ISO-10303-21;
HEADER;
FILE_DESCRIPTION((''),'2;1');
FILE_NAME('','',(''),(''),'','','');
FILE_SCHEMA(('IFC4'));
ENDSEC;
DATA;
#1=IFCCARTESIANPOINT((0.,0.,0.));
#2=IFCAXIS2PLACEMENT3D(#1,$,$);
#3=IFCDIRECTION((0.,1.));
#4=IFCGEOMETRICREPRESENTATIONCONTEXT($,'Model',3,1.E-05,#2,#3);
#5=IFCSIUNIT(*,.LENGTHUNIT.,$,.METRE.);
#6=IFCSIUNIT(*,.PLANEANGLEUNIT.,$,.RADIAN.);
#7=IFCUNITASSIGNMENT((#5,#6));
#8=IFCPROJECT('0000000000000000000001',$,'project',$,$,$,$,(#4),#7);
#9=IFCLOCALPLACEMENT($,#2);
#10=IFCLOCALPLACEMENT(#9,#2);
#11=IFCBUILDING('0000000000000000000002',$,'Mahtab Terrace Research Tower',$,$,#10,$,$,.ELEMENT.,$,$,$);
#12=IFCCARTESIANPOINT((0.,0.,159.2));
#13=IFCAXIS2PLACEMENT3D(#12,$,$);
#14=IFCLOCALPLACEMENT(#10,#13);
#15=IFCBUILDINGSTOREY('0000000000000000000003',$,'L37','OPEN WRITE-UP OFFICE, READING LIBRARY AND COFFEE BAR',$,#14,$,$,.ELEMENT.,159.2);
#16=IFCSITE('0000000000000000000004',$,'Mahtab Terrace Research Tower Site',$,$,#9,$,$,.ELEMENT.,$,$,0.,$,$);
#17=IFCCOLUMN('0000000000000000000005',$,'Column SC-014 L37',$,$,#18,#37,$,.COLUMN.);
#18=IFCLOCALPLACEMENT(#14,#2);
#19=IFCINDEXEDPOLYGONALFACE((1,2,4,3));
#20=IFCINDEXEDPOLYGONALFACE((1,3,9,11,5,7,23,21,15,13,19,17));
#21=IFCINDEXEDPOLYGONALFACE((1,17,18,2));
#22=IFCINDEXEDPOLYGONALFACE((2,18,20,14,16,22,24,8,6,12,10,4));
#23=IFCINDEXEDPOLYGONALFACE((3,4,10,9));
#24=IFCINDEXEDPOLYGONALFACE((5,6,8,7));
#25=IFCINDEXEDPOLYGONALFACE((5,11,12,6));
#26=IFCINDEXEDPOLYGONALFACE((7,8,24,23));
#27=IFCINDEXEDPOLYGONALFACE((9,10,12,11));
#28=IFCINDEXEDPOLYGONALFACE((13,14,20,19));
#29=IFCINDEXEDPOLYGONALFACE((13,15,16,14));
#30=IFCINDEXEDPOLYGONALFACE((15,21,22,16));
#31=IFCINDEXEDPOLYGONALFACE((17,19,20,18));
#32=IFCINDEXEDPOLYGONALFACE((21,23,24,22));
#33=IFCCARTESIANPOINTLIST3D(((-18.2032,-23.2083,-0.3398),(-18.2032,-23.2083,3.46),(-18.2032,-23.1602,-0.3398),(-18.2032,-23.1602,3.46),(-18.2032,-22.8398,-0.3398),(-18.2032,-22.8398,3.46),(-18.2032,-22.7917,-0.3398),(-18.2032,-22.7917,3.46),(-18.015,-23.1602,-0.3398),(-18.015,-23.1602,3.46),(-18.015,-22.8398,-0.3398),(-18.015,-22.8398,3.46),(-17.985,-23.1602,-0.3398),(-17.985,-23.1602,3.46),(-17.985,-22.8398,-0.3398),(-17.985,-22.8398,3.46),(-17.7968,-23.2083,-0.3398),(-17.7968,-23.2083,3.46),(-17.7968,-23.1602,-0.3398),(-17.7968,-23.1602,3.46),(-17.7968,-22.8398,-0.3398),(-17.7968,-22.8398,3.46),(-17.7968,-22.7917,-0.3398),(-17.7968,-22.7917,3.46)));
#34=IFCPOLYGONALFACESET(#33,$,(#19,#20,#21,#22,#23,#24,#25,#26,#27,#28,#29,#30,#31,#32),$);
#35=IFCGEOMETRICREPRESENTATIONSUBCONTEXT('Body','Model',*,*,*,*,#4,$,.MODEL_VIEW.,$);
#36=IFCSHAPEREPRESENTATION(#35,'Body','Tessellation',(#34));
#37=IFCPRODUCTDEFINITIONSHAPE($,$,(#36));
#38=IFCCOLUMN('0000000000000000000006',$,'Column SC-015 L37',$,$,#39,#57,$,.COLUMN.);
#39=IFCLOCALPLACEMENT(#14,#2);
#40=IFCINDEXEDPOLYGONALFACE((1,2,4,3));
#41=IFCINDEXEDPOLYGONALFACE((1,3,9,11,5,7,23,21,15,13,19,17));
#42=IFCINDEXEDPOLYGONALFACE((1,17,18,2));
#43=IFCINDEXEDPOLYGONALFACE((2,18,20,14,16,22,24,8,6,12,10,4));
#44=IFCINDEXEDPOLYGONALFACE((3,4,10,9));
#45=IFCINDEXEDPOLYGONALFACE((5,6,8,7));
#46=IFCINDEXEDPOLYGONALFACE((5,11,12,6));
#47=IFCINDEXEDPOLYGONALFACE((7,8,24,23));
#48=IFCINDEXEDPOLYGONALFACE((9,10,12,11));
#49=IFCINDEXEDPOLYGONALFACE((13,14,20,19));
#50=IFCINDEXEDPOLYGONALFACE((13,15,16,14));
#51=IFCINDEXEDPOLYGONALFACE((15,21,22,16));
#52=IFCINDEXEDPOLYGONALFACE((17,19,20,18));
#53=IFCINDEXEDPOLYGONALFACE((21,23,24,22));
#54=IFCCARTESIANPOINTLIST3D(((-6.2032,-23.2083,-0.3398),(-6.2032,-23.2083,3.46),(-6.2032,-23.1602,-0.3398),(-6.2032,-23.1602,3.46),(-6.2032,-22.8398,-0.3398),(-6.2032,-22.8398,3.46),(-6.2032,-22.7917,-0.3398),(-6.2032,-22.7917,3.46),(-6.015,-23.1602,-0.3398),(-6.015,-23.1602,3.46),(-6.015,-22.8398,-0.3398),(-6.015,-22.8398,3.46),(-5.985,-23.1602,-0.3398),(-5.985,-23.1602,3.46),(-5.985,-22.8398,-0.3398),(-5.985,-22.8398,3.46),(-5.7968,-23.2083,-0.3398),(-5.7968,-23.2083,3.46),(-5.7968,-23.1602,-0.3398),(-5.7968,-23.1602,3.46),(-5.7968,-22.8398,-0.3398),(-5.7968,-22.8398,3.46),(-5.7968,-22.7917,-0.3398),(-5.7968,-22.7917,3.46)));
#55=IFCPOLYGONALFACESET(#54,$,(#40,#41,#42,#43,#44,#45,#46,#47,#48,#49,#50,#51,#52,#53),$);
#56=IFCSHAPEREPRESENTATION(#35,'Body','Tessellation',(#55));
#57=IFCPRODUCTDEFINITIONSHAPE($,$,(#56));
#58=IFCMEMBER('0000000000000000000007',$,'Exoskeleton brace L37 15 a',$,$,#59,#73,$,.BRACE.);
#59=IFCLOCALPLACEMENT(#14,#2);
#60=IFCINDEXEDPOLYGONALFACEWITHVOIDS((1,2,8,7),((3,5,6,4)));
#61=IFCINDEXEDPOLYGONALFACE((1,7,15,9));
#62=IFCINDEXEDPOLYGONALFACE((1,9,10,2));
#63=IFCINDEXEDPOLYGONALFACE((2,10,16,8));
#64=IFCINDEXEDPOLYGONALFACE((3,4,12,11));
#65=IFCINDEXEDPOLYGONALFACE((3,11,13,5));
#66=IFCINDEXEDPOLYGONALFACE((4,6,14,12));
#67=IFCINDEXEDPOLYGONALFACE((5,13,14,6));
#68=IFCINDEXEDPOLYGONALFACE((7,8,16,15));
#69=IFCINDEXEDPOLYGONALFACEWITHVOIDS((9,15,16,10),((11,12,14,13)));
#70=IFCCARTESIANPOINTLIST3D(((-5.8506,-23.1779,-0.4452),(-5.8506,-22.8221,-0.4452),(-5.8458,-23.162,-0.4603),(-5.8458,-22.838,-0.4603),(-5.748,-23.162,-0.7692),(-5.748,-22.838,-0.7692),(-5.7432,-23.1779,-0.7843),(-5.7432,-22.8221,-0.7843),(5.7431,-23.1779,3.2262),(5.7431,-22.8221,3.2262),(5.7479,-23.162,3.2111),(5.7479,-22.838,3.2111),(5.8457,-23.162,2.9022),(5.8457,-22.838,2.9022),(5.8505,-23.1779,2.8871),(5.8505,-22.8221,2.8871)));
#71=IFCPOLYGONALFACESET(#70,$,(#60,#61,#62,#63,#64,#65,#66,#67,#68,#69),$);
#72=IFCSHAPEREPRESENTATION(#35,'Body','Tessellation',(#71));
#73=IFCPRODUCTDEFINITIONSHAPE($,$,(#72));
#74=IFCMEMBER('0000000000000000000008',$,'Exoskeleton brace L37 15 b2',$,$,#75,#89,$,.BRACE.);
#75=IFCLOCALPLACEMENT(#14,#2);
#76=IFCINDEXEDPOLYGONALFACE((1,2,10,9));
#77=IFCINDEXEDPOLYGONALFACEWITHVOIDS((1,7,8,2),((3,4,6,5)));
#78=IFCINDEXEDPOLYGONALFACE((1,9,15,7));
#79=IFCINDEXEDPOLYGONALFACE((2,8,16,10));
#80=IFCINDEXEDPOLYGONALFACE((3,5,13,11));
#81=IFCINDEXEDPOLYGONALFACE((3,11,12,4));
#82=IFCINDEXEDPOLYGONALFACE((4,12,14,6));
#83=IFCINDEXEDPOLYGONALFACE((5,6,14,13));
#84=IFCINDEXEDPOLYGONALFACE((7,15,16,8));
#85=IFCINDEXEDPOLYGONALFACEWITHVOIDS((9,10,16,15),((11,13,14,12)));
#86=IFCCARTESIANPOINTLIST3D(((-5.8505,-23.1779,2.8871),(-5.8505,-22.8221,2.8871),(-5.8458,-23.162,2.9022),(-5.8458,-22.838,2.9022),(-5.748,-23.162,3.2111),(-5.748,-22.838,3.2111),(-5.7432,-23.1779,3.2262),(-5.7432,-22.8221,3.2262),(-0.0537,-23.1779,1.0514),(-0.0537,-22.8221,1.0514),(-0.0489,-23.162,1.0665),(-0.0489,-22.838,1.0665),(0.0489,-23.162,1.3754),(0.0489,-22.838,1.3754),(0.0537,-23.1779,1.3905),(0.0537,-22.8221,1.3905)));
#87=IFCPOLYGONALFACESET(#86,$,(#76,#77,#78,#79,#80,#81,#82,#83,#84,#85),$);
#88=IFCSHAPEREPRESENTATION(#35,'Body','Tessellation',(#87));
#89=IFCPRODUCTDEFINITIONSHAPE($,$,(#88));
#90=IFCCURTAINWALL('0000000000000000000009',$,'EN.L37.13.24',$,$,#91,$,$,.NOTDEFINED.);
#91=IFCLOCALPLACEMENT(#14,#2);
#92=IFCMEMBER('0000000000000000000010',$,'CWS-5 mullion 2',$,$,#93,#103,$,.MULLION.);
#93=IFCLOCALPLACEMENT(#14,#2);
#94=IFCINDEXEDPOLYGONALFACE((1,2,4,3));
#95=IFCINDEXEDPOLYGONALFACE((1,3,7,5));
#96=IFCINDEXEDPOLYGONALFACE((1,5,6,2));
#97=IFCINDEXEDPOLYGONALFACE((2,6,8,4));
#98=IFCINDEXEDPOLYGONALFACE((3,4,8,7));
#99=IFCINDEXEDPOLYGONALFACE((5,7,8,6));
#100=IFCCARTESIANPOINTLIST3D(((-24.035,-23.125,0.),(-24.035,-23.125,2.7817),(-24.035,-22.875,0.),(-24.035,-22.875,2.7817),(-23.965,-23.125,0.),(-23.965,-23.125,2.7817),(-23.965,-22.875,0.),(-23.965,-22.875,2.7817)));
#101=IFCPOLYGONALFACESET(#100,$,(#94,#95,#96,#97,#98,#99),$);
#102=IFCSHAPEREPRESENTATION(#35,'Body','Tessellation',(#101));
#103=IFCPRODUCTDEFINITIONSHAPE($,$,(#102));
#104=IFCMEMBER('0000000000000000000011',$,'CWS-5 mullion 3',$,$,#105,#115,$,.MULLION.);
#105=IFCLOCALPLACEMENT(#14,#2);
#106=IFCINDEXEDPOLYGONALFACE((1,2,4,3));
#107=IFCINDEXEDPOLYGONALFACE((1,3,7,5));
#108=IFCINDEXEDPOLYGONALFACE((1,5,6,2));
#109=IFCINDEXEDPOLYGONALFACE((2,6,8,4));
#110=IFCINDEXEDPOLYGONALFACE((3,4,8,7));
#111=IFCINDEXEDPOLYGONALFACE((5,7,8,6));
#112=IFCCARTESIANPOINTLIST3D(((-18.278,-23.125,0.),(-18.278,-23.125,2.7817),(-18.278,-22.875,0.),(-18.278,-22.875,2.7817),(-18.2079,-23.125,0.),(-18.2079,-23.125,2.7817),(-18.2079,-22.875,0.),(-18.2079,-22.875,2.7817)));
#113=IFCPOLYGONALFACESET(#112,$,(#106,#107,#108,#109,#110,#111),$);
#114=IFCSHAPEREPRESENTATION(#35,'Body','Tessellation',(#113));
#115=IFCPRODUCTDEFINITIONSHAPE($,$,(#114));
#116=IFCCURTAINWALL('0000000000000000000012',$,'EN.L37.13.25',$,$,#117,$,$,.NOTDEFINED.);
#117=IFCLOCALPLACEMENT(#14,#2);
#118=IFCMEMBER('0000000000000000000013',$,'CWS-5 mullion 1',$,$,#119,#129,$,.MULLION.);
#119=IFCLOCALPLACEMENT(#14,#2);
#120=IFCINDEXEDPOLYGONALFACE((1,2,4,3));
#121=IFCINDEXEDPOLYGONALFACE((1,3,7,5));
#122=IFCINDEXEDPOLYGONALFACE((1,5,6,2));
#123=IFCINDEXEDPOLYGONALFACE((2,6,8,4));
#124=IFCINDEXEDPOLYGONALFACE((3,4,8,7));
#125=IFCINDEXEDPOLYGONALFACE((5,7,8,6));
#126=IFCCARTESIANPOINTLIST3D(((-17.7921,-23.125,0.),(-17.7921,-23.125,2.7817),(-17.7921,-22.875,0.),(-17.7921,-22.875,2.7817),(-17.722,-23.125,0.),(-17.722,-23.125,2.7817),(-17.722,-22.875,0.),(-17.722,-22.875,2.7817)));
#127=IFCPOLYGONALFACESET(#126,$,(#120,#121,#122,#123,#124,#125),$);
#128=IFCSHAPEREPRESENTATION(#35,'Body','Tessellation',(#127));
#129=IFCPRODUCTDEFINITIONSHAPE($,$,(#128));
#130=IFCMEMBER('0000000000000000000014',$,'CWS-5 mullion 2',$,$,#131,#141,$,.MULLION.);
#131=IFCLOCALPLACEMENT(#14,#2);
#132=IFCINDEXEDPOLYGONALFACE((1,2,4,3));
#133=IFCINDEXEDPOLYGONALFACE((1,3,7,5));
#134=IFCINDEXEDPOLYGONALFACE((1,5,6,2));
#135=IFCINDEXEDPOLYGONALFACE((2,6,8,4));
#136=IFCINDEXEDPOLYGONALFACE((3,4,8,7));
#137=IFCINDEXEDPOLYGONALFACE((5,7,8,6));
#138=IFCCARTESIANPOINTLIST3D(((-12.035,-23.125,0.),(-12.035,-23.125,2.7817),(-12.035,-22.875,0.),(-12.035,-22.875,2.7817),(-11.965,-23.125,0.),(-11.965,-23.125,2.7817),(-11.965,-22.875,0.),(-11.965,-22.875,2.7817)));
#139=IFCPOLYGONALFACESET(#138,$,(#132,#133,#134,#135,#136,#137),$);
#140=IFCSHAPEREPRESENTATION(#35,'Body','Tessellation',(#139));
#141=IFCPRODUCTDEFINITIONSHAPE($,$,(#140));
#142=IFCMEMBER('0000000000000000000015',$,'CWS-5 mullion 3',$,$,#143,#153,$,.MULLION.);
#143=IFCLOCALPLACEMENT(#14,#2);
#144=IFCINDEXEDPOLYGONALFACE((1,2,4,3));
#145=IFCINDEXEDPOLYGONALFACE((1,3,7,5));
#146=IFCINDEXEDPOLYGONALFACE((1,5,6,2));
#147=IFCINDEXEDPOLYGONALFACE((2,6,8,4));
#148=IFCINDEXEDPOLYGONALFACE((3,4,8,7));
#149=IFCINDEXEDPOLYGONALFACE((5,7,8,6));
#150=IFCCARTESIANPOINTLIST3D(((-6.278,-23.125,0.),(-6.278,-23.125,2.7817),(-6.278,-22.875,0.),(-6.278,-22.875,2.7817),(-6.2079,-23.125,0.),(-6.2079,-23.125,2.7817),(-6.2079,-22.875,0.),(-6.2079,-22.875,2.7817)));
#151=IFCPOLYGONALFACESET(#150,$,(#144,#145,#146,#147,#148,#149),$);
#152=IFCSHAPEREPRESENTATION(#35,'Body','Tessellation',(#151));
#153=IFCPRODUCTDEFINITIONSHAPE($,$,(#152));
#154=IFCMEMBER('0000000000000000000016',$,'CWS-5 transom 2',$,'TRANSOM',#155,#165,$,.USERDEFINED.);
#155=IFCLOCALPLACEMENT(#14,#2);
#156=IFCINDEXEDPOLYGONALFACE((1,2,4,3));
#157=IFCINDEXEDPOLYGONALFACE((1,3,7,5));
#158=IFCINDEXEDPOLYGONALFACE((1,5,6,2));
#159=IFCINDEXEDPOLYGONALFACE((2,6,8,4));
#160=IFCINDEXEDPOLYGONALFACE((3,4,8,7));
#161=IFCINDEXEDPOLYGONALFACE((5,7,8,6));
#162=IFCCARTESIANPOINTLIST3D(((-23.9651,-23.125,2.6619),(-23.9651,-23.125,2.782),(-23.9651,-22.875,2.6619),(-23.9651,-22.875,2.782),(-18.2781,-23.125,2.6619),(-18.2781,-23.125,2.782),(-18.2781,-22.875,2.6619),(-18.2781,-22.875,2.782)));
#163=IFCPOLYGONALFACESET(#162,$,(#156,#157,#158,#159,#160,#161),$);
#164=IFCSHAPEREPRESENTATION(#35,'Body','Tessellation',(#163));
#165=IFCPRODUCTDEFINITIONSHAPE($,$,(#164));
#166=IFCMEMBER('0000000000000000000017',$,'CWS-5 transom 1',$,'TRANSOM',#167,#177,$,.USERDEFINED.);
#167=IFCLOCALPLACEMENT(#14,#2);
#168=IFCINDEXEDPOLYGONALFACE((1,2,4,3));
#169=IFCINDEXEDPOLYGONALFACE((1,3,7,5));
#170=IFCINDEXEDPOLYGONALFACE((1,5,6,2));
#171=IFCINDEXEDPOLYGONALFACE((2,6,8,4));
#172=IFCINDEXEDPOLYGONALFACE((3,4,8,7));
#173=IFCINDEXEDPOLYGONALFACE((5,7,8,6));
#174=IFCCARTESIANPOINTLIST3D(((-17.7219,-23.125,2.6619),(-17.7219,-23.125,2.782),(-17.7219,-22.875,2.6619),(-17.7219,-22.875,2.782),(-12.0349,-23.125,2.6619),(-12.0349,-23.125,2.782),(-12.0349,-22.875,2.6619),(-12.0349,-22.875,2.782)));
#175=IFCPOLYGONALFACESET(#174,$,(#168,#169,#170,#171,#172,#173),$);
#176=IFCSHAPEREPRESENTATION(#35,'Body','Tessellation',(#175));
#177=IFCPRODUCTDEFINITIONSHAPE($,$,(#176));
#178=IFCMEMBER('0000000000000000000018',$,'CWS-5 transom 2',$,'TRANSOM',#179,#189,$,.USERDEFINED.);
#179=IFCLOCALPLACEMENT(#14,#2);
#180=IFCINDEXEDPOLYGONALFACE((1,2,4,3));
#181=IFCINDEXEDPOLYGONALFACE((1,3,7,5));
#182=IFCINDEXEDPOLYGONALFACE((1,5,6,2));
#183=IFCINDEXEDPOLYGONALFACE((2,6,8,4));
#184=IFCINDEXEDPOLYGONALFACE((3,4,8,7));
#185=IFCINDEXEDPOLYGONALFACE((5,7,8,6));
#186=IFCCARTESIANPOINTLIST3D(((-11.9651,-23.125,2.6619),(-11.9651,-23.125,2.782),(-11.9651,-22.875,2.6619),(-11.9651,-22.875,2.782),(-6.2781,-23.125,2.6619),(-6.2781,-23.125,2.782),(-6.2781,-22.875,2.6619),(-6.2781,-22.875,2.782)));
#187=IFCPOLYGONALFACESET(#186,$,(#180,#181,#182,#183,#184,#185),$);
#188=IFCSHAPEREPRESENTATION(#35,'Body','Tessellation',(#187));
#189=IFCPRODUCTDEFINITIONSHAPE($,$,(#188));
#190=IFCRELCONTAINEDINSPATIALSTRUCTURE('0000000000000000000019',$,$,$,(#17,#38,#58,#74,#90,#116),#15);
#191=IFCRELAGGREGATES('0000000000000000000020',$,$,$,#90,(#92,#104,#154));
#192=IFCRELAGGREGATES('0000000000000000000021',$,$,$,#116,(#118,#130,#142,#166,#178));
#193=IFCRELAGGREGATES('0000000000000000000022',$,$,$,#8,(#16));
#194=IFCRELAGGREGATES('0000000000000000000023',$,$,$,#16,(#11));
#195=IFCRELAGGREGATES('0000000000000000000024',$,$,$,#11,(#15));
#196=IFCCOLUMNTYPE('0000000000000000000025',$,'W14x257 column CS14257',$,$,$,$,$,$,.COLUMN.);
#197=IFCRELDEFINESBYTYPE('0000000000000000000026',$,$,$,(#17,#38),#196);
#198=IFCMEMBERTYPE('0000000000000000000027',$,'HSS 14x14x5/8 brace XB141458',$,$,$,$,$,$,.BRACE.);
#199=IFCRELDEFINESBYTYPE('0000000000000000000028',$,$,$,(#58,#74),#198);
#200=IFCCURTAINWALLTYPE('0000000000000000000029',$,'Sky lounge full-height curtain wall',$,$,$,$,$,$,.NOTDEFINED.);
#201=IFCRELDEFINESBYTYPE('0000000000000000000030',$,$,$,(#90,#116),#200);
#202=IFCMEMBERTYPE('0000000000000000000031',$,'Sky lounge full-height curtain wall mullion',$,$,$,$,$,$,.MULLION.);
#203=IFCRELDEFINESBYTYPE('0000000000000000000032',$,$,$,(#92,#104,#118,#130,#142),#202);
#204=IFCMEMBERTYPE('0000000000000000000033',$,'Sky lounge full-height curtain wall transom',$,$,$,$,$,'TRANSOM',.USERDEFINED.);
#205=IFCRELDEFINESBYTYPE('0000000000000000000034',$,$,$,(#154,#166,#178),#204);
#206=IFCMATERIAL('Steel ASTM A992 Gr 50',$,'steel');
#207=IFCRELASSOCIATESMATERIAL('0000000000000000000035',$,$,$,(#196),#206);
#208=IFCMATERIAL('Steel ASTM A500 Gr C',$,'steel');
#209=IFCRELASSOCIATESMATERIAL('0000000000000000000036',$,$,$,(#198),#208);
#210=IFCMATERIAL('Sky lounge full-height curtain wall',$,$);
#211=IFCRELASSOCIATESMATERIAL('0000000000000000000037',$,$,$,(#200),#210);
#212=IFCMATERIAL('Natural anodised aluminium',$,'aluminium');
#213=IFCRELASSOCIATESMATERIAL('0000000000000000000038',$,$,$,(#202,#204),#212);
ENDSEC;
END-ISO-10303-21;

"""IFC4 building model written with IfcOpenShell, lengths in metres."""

from ifc_helpers import new_model, si_unit, direction, frame, origin, origin_2d, place, context, subcontext, project, spatial, rectangle, hollow_rectangle, i_section, extrude, material, material_profile, profile_set, type_object, element, aggregate, save


model = new_model("IFC4")

# Units and contexts
model_context = context("Model", 3, precision=1e-05, world=origin(), true_north=direction((0.0, 1.0)))
body_context = subcontext(model_context, "Body", "Model", "MODEL_VIEW")
ifc_project = project(units=[si_unit("LENGTHUNIT", "METRE"), si_unit("PLANEANGLEUNIT", "RADIAN")], contexts=[model_context])

# Site, building, storey
site_placement = place(None, origin())
site = spatial("IfcSite", under=ifc_project, at=site_placement, Name="Mahtab Terrace Research Tower Site", CompositionType="ELEMENT", RefElevation=0.0)
building_placement = place(site_placement, origin())
building = spatial("IfcBuilding", under=site, at=building_placement, Name="Mahtab Terrace Research Tower", CompositionType="ELEMENT")
storey_placement = place(building_placement, frame((0.0, 0.0, 159.2)))
storey = spatial("IfcBuildingStorey", under=building, at=storey_placement, Name="L37", Description="OPEN WRITE-UP OFFICE, READING LIBRARY AND COFFEE BAR", CompositionType="ELEMENT", Elevation=159.2)

# Columns
ifc_material_1 = material(Name="Steel ASTM A992 Gr 50", Category="steel")
ifc_material_profile_1 = material_profile(ifc_material_1, i_section(OverallWidth=0.4065, OverallDepth=0.4165, WebThickness=0.03, FlangeThickness=0.0481, at=origin_2d()), Name="W14X257")
ifc_profile_set_1 = profile_set([ifc_material_profile_1], Name="Steel ASTM A992 Gr 50")
column_type = type_object("IfcColumnType", Name="W14x257 column CS14257", PredefinedType="COLUMN", material=ifc_profile_set_1)
for number, where, z_axis, x_axis, name in (
    (1, (-18.0, -23.0, -0.3398), (0.0, 0.0, 1.0), (1.0, 0.0, 0.0), "Column SC-014 L37"),
    (2, (-6.0, -23.0, -0.3398), (0.0, 0.0, 1.0), (1.0, 0.0, 0.0), "Column SC-015 L37"),
):
    element("IfcColumn", number, at=place(storey_placement, frame(where, z_axis=z_axis, x_axis=x_axis)), inside=storey, type_object=column_type, Name=name, PredefinedType="COLUMN", context=body_context, shape_type="SweptSolid", body=[
        extrude(i_section(OverallWidth=0.4065, OverallDepth=0.4165, WebThickness=0.03, FlangeThickness=0.0481, at=origin_2d()), origin(), (0.0, 0.0, 1.0), 3.7998),
    ])

# Members
ifc_material_2 = material(Name="Steel ASTM A500 Gr C", Category="steel")
ifc_material_profile_2 = material_profile(ifc_material_2, hollow_rectangle(XDim=0.3557, YDim=0.3557, WallThickness=0.0159, at=origin_2d()), Name="HSS14X14X5/8")
ifc_profile_set_2 = profile_set([ifc_material_profile_2], Name="Steel ASTM A500 Gr C")
member_type_1 = type_object("IfcMemberType", Name="HSS 14x14x5/8 brace XB141458", PredefinedType="BRACE", material=ifc_profile_set_2)
member_1_placement = place(storey_placement, frame((-5.7969, -23.0, -0.6147), z_axis=(0.953341, 0.0, 0.301894), x_axis=(0.0, 1.0, 0.0)))
element("IfcMember", 3, at=member_1_placement, inside=storey, type_object=member_type_1, Name="Exoskeleton brace L37 15 a", PredefinedType="BRACE", context=body_context, shape_type="SweptSolid", body=[
    extrude(hollow_rectangle(XDim=0.3557, YDim=0.3557, WallThickness=0.0159, at=origin_2d()), origin(), (0.0, 0.0, 1.0), 12.1611),
])
member_2_placement = place(storey_placement, frame((0.0, -23.0, 1.2209), z_axis=(-0.953341, 0.0, 0.301894), x_axis=(0.0, -1.0, 0.0)))
element("IfcMember", 4, at=member_2_placement, inside=storey, type_object=member_type_1, Name="Exoskeleton brace L37 15 b2", PredefinedType="BRACE", context=body_context, shape_type="SweptSolid", body=[
    extrude(hollow_rectangle(XDim=0.3557, YDim=0.3557, WallThickness=0.0159, at=origin_2d()), origin(), (0.0, 0.0, 1.0), 6.0806),
])

# Curtain walls, members
ifc_material_3 = material(Name="Sky lounge full-height curtain wall")
curtain_wall_type = type_object("IfcCurtainWallType", Name="Sky lounge full-height curtain wall", PredefinedType="NOTDEFINED", material=ifc_material_3)
curtain_wall_1_placement = place(storey_placement, origin())
curtain_wall_1 = element("IfcCurtainWall", 5, at=curtain_wall_1_placement, inside=storey, type_object=curtain_wall_type, Name="EN.L37.13.24", PredefinedType="NOTDEFINED")
ifc_material_4 = material(Name="Natural anodised aluminium", Category="aluminium")
ifc_material_profile_3 = material_profile(ifc_material_4, rectangle(XDim=0.25, YDim=0.0701, at=origin_2d()), Name="MULLION 70x250")
ifc_profile_set_3 = profile_set([ifc_material_profile_3], Name="Natural anodised aluminium")
member_type_2 = type_object("IfcMemberType", Name="Sky lounge full-height curtain wall mullion", PredefinedType="MULLION", material=ifc_profile_set_3)
member_3_placement = place(storey_placement, frame((-24.0, -23.0, 0.0), z_axis=(0.0, 0.0, 1.0), x_axis=(0.0, 1.0, 0.0)))
member_3 = element("IfcMember", 6, at=member_3_placement, type_object=member_type_2, Name="CWS-5 mullion 2", PredefinedType="MULLION", context=body_context, shape_type="SweptSolid", body=[
    extrude(rectangle(XDim=0.25, YDim=0.0701, at=origin_2d()), origin(), (0.0, 0.0, 1.0), 2.7817),
])
member_4_placement = place(storey_placement, frame((-18.2429, -23.0, 0.0), z_axis=(0.0, 0.0, 1.0), x_axis=(0.0, 1.0, 0.0)))
member_4 = element("IfcMember", 7, at=member_4_placement, type_object=member_type_2, Name="CWS-5 mullion 3", PredefinedType="MULLION", context=body_context, shape_type="SweptSolid", body=[
    extrude(rectangle(XDim=0.25, YDim=0.0701, at=origin_2d()), origin(), (0.0, 0.0, 1.0), 2.7817),
])
curtain_wall_2_placement = place(storey_placement, origin())
curtain_wall_2 = element("IfcCurtainWall", 8, at=curtain_wall_2_placement, inside=storey, type_object=curtain_wall_type, Name="EN.L37.13.25", PredefinedType="NOTDEFINED")
member_5_placement = place(storey_placement, frame((-17.7571, -23.0, 0.0), z_axis=(0.0, 0.0, 1.0), x_axis=(0.0, 1.0, 0.0)))
member_5 = element("IfcMember", 9, at=member_5_placement, type_object=member_type_2, Name="CWS-5 mullion 1", PredefinedType="MULLION", context=body_context, shape_type="SweptSolid", body=[
    extrude(rectangle(XDim=0.25, YDim=0.0701, at=origin_2d()), origin(), (0.0, 0.0, 1.0), 2.7817),
])
member_6_placement = place(storey_placement, frame((-12.0, -23.0, 0.0), z_axis=(0.0, 0.0, 1.0), x_axis=(0.0, 1.0, 0.0)))
member_6 = element("IfcMember", 10, at=member_6_placement, type_object=member_type_2, Name="CWS-5 mullion 2", PredefinedType="MULLION", context=body_context, shape_type="SweptSolid", body=[
    extrude(rectangle(XDim=0.25, YDim=0.0701, at=origin_2d()), origin(), (0.0, 0.0, 1.0), 2.7817),
])
member_7_placement = place(storey_placement, frame((-6.2429, -23.0, 0.0), z_axis=(0.0, 0.0, 1.0), x_axis=(0.0, 1.0, 0.0)))
member_7 = element("IfcMember", 11, at=member_7_placement, type_object=member_type_2, Name="CWS-5 mullion 3", PredefinedType="MULLION", context=body_context, shape_type="SweptSolid", body=[
    extrude(rectangle(XDim=0.25, YDim=0.0701, at=origin_2d()), origin(), (0.0, 0.0, 1.0), 2.7817),
])

# Members
ifc_material_profile_4 = material_profile(ifc_material_4, rectangle(XDim=0.25, YDim=0.1201, at=origin_2d()), Name="TRANSOM 120x250")
ifc_profile_set_4 = profile_set([ifc_material_profile_4], Name="Natural anodised aluminium")
member_type_3 = type_object("IfcMemberType", Name="Sky lounge full-height curtain wall transom", ElementType="TRANSOM", PredefinedType="USERDEFINED", material=ifc_profile_set_4)
member_8_placement = place(storey_placement, frame((-23.9651, -23.0, 2.7219), z_axis=(1.0, 0.0, 0.0), x_axis=(0.0, 1.0, 0.0)))
member_8 = element("IfcMember", 12, at=member_8_placement, type_object=member_type_3, Name="CWS-5 transom 2", ObjectType="TRANSOM", PredefinedType="USERDEFINED", context=body_context, shape_type="SweptSolid", body=[
    extrude(rectangle(XDim=0.25, YDim=0.1201, at=origin_2d()), origin(), (0.0, 0.0, 1.0), 5.687),
])
member_9_placement = place(storey_placement, frame((-17.7219, -23.0, 2.7219), z_axis=(1.0, 0.0, 0.0), x_axis=(0.0, 1.0, 0.0)))
member_9 = element("IfcMember", 13, at=member_9_placement, type_object=member_type_3, Name="CWS-5 transom 1", ObjectType="TRANSOM", PredefinedType="USERDEFINED", context=body_context, shape_type="SweptSolid", body=[
    extrude(rectangle(XDim=0.25, YDim=0.1201, at=origin_2d()), origin(), (0.0, 0.0, 1.0), 5.687),
])
member_10_placement = place(storey_placement, frame((-11.9651, -23.0, 2.7219), z_axis=(1.0, 0.0, 0.0), x_axis=(0.0, 1.0, 0.0)))
member_10 = element("IfcMember", 14, at=member_10_placement, type_object=member_type_3, Name="CWS-5 transom 2", ObjectType="TRANSOM", PredefinedType="USERDEFINED", context=body_context, shape_type="SweptSolid", body=[
    extrude(rectangle(XDim=0.25, YDim=0.1201, at=origin_2d()), origin(), (0.0, 0.0, 1.0), 5.687),
])

aggregate(curtain_wall_1, [member_3, member_4, member_8])
aggregate(curtain_wall_2, [member_5, member_6, member_7, member_9, member_10])

save(model, "model.ifc")
